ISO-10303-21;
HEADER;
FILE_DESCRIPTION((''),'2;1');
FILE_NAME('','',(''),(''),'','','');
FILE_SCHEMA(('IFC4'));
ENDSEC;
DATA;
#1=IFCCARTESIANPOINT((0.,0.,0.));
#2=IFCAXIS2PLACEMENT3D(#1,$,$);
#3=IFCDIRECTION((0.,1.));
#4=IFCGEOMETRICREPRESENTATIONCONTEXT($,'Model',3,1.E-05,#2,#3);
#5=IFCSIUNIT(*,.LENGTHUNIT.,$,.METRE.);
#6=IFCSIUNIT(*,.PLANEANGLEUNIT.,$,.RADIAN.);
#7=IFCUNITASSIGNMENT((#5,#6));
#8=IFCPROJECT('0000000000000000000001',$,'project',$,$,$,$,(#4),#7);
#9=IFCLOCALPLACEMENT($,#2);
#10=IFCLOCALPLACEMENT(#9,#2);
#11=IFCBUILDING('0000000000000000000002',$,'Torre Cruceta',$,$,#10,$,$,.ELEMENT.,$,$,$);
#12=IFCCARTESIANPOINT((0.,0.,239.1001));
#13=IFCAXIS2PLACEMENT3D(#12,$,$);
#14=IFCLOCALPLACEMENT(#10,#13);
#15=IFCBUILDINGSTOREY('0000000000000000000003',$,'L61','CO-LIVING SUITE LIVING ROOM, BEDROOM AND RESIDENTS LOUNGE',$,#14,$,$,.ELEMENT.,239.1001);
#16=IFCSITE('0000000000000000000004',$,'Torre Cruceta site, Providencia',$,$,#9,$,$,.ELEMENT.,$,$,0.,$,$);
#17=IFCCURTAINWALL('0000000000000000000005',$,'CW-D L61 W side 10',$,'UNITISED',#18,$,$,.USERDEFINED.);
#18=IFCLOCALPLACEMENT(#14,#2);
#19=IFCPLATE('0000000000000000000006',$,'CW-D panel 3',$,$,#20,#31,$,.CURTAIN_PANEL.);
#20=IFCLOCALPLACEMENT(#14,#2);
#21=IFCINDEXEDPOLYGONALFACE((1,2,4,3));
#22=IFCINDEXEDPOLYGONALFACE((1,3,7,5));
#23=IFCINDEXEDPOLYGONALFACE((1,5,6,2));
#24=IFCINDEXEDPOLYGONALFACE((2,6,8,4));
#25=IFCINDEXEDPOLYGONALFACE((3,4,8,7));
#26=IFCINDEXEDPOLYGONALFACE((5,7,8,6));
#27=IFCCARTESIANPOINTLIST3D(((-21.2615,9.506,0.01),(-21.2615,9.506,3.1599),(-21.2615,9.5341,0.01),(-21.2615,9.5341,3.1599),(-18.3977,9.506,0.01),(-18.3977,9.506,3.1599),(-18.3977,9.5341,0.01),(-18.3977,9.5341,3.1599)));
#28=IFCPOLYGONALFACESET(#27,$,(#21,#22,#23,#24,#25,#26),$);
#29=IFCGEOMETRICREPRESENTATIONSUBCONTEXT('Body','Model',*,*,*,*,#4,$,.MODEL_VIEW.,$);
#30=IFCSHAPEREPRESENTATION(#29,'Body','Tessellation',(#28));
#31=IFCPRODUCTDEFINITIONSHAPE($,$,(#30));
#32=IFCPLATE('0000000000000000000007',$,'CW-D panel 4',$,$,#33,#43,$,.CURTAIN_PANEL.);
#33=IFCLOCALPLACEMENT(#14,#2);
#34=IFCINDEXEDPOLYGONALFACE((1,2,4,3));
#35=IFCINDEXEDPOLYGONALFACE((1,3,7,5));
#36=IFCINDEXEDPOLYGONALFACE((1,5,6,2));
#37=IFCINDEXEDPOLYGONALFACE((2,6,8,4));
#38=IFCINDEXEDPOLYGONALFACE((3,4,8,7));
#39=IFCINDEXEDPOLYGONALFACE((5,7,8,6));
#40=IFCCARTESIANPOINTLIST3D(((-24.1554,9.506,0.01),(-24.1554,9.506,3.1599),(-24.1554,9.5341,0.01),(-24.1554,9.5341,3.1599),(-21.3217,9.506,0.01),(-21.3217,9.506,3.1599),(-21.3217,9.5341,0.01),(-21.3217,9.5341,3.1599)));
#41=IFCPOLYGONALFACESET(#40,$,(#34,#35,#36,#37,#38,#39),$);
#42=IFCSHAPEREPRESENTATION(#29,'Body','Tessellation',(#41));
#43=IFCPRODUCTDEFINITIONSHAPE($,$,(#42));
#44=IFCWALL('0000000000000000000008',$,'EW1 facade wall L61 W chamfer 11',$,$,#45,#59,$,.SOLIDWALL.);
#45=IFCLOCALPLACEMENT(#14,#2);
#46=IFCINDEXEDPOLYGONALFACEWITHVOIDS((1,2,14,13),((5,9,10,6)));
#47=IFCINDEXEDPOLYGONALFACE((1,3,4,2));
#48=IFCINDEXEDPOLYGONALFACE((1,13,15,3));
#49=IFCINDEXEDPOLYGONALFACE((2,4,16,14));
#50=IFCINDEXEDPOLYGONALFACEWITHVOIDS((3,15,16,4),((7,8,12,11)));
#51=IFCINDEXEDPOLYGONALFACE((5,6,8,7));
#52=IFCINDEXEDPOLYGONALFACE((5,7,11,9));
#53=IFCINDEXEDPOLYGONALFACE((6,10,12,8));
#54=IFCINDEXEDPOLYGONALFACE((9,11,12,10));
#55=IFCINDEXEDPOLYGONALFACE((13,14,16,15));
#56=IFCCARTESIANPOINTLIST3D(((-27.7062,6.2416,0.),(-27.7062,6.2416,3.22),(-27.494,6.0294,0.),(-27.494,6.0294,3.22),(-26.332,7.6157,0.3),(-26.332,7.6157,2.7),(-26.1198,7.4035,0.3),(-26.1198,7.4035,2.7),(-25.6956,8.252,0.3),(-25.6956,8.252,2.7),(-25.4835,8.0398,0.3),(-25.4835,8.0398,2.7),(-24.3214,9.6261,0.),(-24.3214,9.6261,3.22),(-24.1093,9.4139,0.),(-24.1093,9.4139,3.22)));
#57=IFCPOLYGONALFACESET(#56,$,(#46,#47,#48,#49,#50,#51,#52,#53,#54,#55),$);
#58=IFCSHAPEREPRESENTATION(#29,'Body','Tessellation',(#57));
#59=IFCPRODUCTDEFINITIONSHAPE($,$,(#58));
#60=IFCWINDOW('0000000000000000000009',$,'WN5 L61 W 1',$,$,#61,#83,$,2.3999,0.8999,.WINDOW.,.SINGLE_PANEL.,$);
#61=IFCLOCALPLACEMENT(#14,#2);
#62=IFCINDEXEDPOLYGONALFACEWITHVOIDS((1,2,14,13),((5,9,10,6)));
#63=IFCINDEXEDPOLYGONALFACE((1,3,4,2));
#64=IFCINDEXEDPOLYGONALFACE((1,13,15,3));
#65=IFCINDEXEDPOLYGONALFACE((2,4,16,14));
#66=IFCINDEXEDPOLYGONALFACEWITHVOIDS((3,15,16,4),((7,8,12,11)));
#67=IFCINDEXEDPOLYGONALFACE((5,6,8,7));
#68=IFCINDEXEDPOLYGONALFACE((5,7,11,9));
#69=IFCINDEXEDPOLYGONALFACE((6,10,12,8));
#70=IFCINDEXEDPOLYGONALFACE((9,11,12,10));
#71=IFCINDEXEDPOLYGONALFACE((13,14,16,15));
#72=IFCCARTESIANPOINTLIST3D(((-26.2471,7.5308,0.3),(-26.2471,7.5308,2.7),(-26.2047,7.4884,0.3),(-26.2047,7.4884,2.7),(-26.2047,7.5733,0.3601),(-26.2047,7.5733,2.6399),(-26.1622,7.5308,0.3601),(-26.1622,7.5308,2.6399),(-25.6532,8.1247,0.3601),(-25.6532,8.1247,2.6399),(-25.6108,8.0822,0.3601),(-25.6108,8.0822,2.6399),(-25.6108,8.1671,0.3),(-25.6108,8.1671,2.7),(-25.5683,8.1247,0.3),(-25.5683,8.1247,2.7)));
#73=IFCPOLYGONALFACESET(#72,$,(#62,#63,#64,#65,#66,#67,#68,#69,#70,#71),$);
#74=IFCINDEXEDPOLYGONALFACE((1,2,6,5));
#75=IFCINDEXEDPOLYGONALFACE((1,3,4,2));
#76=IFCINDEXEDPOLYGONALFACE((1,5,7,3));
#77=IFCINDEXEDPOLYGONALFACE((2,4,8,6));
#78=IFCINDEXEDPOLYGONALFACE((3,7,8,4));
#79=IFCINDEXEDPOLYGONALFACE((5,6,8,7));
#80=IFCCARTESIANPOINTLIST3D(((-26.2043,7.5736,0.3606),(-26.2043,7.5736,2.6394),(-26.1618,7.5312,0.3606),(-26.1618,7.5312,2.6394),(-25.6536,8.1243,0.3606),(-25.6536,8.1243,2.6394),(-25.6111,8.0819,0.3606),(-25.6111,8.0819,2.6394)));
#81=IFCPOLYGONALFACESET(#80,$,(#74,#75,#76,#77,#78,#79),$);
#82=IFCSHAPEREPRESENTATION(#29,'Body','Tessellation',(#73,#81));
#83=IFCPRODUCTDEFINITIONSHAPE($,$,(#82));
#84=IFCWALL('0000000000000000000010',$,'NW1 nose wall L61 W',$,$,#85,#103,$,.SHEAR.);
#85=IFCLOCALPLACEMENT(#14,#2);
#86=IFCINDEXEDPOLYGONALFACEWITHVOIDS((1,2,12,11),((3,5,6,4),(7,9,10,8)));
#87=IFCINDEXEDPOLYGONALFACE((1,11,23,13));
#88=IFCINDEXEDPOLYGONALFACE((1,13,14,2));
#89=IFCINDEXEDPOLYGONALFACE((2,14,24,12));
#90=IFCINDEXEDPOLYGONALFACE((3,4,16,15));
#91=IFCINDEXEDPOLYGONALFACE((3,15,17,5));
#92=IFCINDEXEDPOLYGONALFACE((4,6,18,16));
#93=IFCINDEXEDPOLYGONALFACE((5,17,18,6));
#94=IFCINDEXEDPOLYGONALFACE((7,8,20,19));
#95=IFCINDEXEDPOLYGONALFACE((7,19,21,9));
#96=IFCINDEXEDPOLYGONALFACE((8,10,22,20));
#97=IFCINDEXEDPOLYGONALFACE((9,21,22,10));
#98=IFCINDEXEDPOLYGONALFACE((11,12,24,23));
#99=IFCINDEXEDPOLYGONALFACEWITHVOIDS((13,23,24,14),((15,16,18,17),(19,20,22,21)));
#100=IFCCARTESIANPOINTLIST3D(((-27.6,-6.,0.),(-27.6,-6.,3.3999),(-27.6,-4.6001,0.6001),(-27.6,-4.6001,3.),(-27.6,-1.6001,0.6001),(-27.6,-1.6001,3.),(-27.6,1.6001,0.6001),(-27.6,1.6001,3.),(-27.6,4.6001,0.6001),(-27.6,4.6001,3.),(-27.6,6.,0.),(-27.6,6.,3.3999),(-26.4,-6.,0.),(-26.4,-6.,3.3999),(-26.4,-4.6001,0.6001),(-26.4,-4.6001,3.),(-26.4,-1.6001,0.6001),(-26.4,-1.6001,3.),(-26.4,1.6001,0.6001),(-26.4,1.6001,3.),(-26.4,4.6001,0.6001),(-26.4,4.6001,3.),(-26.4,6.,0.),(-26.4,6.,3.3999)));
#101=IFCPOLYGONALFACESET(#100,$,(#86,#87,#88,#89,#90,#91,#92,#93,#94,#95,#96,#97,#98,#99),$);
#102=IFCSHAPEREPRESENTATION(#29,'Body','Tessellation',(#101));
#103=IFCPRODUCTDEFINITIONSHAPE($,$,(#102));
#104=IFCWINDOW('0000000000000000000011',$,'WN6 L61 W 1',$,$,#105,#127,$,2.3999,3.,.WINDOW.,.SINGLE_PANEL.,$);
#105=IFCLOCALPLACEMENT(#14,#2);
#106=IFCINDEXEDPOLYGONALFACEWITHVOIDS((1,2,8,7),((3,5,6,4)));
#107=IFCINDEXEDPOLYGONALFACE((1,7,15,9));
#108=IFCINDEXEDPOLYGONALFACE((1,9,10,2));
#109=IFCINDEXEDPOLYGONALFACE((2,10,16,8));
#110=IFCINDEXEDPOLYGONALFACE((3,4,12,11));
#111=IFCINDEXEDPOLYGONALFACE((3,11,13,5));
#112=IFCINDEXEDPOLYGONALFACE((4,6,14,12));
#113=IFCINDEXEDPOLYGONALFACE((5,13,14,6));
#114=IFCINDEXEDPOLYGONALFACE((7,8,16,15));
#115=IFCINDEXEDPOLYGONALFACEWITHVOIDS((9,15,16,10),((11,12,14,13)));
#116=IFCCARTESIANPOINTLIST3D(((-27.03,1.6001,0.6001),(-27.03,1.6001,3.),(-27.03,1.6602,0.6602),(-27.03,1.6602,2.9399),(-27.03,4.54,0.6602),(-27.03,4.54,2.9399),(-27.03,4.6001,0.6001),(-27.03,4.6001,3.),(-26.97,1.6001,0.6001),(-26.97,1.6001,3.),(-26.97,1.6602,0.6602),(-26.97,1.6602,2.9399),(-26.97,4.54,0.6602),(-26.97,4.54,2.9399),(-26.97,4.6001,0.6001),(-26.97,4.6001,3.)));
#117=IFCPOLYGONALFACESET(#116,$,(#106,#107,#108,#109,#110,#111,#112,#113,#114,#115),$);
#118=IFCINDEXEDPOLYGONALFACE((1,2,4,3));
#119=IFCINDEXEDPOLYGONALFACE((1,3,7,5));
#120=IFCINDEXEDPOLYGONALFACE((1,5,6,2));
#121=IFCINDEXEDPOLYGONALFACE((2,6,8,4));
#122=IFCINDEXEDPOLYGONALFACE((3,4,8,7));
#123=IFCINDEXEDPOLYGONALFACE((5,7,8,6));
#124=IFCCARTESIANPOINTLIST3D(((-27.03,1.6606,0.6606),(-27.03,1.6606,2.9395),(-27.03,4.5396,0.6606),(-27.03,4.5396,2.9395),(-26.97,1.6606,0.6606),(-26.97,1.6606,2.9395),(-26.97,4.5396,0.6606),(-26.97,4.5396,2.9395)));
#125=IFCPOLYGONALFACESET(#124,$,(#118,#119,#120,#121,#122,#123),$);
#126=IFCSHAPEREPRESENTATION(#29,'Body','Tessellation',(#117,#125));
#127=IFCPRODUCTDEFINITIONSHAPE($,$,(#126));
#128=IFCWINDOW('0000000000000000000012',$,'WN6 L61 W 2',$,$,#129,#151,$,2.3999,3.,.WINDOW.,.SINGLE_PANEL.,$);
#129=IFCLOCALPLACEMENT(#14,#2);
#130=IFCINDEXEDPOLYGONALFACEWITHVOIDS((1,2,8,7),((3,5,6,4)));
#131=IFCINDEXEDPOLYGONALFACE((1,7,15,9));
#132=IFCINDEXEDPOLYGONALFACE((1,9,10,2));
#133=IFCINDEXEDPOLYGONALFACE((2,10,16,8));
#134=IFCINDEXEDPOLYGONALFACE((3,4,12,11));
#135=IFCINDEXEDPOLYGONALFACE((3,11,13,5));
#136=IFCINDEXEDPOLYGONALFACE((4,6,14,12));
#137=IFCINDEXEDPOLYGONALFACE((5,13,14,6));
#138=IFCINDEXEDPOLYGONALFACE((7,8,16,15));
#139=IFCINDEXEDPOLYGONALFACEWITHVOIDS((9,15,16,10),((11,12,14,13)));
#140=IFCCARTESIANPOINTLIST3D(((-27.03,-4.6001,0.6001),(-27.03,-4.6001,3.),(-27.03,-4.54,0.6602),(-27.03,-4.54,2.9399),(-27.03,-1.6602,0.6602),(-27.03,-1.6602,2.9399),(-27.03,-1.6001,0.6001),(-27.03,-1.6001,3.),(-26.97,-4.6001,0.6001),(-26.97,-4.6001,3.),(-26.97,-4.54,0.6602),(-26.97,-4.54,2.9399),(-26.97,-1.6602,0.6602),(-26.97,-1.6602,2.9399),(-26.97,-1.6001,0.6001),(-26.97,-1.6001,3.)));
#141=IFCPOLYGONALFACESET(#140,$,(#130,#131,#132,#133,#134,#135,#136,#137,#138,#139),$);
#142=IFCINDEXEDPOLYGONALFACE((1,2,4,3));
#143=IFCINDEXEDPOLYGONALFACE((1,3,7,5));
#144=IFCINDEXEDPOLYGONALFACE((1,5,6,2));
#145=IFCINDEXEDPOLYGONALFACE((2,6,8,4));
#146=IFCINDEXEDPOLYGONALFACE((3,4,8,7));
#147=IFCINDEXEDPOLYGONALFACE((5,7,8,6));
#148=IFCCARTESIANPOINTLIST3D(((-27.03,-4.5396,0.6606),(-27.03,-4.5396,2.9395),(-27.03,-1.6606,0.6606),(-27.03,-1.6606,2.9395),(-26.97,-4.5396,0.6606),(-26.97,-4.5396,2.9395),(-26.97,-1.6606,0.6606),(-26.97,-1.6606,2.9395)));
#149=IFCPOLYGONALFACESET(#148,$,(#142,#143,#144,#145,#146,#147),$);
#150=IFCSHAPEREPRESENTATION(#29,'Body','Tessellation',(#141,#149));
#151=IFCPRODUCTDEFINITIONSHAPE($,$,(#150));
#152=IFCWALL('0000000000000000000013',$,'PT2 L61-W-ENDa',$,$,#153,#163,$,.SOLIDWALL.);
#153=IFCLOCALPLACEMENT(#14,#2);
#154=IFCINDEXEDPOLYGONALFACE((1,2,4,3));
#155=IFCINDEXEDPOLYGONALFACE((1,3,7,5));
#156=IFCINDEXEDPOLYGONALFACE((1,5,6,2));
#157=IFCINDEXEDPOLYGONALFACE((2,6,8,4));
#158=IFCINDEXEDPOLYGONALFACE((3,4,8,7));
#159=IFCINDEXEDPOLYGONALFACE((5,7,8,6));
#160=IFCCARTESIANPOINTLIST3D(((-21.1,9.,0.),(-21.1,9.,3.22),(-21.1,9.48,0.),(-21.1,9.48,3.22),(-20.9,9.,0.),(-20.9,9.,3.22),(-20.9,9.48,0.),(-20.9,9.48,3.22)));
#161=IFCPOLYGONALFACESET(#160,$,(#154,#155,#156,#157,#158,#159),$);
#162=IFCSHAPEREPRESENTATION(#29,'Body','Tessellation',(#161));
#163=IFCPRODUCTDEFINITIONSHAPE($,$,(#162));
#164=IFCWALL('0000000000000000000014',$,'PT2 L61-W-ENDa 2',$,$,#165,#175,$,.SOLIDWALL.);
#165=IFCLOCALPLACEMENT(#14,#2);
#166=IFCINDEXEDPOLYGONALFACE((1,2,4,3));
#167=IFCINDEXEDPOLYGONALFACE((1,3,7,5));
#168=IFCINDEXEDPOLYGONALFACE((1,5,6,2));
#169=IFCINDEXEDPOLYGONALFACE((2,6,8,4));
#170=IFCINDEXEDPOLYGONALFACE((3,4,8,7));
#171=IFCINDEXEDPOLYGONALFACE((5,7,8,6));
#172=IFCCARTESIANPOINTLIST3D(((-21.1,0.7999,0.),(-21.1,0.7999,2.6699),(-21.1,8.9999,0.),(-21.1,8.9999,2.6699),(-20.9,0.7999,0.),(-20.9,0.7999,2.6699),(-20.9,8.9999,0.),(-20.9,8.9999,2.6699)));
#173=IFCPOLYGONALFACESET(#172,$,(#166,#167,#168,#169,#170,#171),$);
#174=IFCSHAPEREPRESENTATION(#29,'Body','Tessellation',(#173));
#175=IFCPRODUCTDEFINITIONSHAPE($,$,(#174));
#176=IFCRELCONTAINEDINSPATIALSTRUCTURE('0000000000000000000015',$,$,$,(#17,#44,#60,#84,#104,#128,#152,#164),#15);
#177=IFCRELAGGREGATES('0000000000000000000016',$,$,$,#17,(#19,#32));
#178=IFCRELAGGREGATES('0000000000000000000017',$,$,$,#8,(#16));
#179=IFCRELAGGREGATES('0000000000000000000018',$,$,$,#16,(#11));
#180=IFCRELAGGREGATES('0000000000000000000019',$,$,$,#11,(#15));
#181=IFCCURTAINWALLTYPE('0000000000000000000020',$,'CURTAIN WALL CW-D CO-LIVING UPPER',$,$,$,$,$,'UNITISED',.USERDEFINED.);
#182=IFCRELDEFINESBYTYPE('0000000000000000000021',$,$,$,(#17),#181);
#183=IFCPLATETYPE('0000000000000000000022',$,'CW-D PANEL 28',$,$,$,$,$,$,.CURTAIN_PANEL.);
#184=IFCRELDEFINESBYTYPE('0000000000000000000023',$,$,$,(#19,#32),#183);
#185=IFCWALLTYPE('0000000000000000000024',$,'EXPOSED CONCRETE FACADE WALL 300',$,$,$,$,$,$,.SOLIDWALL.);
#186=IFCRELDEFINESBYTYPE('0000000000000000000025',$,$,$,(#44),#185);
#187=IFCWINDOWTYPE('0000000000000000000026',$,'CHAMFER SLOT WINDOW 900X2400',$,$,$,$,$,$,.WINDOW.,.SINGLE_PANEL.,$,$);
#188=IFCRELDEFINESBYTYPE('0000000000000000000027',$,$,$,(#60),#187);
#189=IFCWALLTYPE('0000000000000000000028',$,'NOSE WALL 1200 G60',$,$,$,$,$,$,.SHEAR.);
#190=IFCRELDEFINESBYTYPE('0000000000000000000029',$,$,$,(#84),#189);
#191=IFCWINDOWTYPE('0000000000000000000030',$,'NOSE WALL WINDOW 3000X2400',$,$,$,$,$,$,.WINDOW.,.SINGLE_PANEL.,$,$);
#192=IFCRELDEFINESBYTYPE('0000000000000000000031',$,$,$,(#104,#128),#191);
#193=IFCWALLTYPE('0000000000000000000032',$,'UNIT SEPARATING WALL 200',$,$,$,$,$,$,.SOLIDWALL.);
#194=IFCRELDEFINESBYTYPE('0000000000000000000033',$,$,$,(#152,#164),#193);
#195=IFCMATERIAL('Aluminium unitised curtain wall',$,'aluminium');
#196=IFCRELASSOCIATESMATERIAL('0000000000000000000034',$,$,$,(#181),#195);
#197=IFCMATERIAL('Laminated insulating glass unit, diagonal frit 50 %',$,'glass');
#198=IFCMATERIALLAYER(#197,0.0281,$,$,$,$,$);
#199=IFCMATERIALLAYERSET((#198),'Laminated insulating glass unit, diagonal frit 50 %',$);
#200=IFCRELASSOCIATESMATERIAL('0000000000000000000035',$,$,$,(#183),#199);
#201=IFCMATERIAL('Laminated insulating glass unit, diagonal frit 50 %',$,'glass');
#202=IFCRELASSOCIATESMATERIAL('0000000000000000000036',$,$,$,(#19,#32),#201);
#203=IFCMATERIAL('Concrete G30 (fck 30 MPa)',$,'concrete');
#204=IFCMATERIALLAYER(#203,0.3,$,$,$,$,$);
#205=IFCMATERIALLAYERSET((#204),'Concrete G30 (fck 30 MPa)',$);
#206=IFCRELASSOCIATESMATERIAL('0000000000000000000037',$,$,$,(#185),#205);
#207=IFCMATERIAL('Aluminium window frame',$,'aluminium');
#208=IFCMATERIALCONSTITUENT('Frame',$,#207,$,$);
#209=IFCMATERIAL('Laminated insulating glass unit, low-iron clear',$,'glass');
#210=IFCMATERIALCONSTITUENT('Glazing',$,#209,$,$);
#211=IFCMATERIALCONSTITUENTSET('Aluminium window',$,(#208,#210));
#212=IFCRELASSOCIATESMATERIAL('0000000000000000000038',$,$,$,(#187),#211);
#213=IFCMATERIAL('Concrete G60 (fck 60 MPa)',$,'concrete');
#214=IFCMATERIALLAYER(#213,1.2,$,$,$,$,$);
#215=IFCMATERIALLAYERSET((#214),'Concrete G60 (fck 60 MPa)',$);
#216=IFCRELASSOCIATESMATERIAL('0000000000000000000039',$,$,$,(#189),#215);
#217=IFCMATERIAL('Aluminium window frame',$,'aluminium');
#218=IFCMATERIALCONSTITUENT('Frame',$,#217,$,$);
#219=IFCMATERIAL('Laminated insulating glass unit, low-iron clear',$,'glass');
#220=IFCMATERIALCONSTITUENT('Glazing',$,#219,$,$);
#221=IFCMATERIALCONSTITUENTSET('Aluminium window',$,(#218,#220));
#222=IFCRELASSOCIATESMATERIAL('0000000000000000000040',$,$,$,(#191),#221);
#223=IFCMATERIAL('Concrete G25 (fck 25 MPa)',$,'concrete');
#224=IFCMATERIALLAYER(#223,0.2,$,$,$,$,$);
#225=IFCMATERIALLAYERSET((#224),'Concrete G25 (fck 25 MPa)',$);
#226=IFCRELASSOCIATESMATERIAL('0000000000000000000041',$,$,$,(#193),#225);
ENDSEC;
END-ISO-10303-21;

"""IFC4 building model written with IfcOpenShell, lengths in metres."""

from ifc_helpers import new_model, si_unit, direction, frame, frame_2d, origin, origin_2d, place, context, subcontext, project, spatial, rectangle, hollow_rectangle, extrude, material, layer, layer_set, constituent, constituent_set, type_object, element, fill, aggregate, save


model = new_model("IFC4")

# Units and contexts
model_context = context("Model", 3, precision=1e-05, world=origin(), true_north=direction((0.0, 1.0)))
body_context = subcontext(model_context, "Body", "Model", "MODEL_VIEW")
ifc_project = project(units=[si_unit("LENGTHUNIT", "METRE"), si_unit("PLANEANGLEUNIT", "RADIAN")], contexts=[model_context])

# Site, building, storey
site_placement = place(None, origin())
site = spatial("IfcSite", under=ifc_project, at=site_placement, Name="Torre Cruceta site, Providencia", CompositionType="ELEMENT", RefElevation=0.0)
building_placement = place(site_placement, origin())
building = spatial("IfcBuilding", under=site, at=building_placement, Name="Torre Cruceta", CompositionType="ELEMENT")
storey_placement = place(building_placement, frame((0.0, 0.0, 239.1001)))
storey = spatial("IfcBuildingStorey", under=building, at=storey_placement, Name="L61", Description="CO-LIVING SUITE LIVING ROOM, BEDROOM AND RESIDENTS LOUNGE", CompositionType="ELEMENT", Elevation=239.1001)

# Curtain wall
ifc_material_1 = material(Name="Aluminium unitised curtain wall", Category="aluminium")
curtain_wall_type = type_object("IfcCurtainWallType", Name="CURTAIN WALL CW-D CO-LIVING UPPER", ElementType="UNITISED", PredefinedType="USERDEFINED", material=ifc_material_1)
curtain_wall_placement = place(storey_placement, origin())
curtain_wall = element("IfcCurtainWall", 1, at=curtain_wall_placement, inside=storey, type_object=curtain_wall_type, Name="CW-D L61 W side 10", ObjectType="UNITISED", PredefinedType="USERDEFINED")

# Plates
ifc_material_2 = material(Name="Laminated insulating glass unit, diagonal frit 50 %", Category="glass")
ifc_material_3 = material(Name="Laminated insulating glass unit, diagonal frit 50 %", Category="glass")
ifc_layer_1 = layer(ifc_material_3, 0.0281)
ifc_layer_set_1 = layer_set([ifc_layer_1], Name="Laminated insulating glass unit, diagonal frit 50 %")
plate_type = type_object("IfcPlateType", Name="CW-D PANEL 28", PredefinedType="CURTAIN_PANEL", material=ifc_layer_set_1)
plate_1_placement = place(storey_placement, frame((-19.8296, 9.52, 0.01), z_axis=(0.0, 0.0, 1.0), x_axis=(-1.0, 0.0, 0.0)))
plate_1 = element("IfcPlate", 2, at=plate_1_placement, type_object=plate_type, material=ifc_material_2, Name="CW-D panel 3", PredefinedType="CURTAIN_PANEL", context=body_context, shape_type="SweptSolid", body=[
    extrude(rectangle(XDim=2.8638, YDim=0.0281, at=origin_2d()), origin(), (0.0, 0.0, 1.0), 3.1499),
])
plate_2_placement = place(storey_placement, frame((-22.7385, 9.52, 0.01), z_axis=(0.0, 0.0, 1.0), x_axis=(-1.0, 0.0, 0.0)))
plate_2 = element("IfcPlate", 3, at=plate_2_placement, type_object=plate_type, material=ifc_material_2, Name="CW-D panel 4", PredefinedType="CURTAIN_PANEL", context=body_context, shape_type="SweptSolid", body=[
    extrude(rectangle(XDim=2.8337, YDim=0.0281, at=origin_2d()), origin(), (0.0, 0.0, 1.0), 3.1499),
])
aggregate(curtain_wall, [plate_1, plate_2])

# Wall, opening, window
ifc_material_4 = material(Name="Concrete G30 (fck 30 MPa)", Category="concrete")
ifc_layer_2 = layer(ifc_material_4, 0.3)
ifc_layer_set_2 = layer_set([ifc_layer_2], Name="Concrete G30 (fck 30 MPa)")
wall_type_1 = type_object("IfcWallType", Name="EXPOSED CONCRETE FACADE WALL 300", PredefinedType="SOLIDWALL", material=ifc_layer_set_2)
wall_1_placement = place(storey_placement, frame((-24.2153, 9.52, 0.0), z_axis=(0.0, 0.0, 1.0), x_axis=(-0.707132, -0.707081, 0.0)))
wall_1 = element("IfcWall", 4, at=wall_1_placement, inside=storey, type_object=wall_type_1, Name="EW1 facade wall L61 W chamfer 11", PredefinedType="SOLIDWALL", context=body_context, shape_type="SweptSolid", body=[
    extrude(rectangle(XDim=4.7866, YDim=0.3, at=frame_2d((2.3933, 0.0))), origin(), (0.0, 0.0, 1.0), 3.22),
])
opening_1_placement = place(wall_1_placement, frame((1.9434, 0.0, 0.3)))
opening_1 = element("IfcOpeningElement", 5, at=opening_1_placement, cuts=wall_1, PredefinedType="OPENING", context=body_context, shape_type="SweptSolid", body=[
    extrude(rectangle(XDim=0.8999, YDim=2.3999, at=frame_2d((0.45, 1.2))), frame((0.0, 0.1599, 0.0), z_axis=(0.0, -1.0, 0.0), x_axis=(1.0, 0.0, 0.0)), (0.0, 0.0, 1.0), 0.3201),
])
ifc_material_5 = material(Name="Aluminium window frame", Category="aluminium")
ifc_constituent_1 = constituent(ifc_material_5, Name="Frame")
ifc_material_6 = material(Name="Laminated insulating glass unit, low-iron clear", Category="glass")
ifc_constituent_2 = constituent(ifc_material_6, Name="Glazing")
ifc_constituent_set_1 = constituent_set(constituents=[ifc_constituent_1, ifc_constituent_2], Name="Aluminium window")
window_type_1 = type_object("IfcWindowType", Name="CHAMFER SLOT WINDOW 900X2400", PartitioningType="SINGLE_PANEL", PredefinedType="WINDOW", material=ifc_constituent_set_1)
window_1_placement = place(opening_1_placement, origin())
window_1 = element("IfcWindow", 6, at=window_1_placement, inside=storey, type_object=window_type_1, Name="WN5 L61 W 1", OverallHeight=2.3999, OverallWidth=0.8999, PartitioningType="SINGLE_PANEL", PredefinedType="WINDOW", context=body_context, shape_type="SweptSolid", body=[
    extrude(hollow_rectangle(XDim=0.8999, YDim=2.3999, WallThickness=0.0601, at=frame_2d((0.45, 1.2))), frame((0.0, 0.03, 0.0), z_axis=(0.0, -1.0, 0.0), x_axis=(1.0, 0.0, 0.0)), (0.0, 0.0, 1.0), 0.0601),
    extrude(rectangle(XDim=0.7788, YDim=2.2788, at=frame_2d((0.45, 1.2))), frame((0.0, 0.03, 0.0), z_axis=(0.0, -1.0, 0.0), x_axis=(1.0, 0.0, 0.0)), (0.0, 0.0, 1.0), 0.0601),
])
fill(opening_1, window_1)

# Wall, openings, windows
ifc_material_7 = material(Name="Concrete G60 (fck 60 MPa)", Category="concrete")
ifc_layer_3 = layer(ifc_material_7, 1.2)
ifc_layer_set_3 = layer_set([ifc_layer_3], Name="Concrete G60 (fck 60 MPa)")
wall_type_2 = type_object("IfcWallType", Name="NOSE WALL 1200 G60", PredefinedType="SHEAR", material=ifc_layer_set_3)
wall_2_placement = place(storey_placement, frame((-27.0, 6.0, 0.0), z_axis=(0.0, 0.0, 1.0), x_axis=(0.0, -1.0, 0.0)))
wall_2 = element("IfcWall", 7, at=wall_2_placement, inside=storey, type_object=wall_type_2, Name="NW1 nose wall L61 W", PredefinedType="SHEAR", context=body_context, shape_type="SweptSolid", body=[
    extrude(rectangle(XDim=12.0, YDim=1.2, at=frame_2d((6.0, 0.0))), origin(), (0.0, 0.0, 1.0), 3.3999),
])
opening_2_placement = place(wall_2_placement, frame((1.3999, 0.0, 0.6001)))
opening_2 = element("IfcOpeningElement", 8, at=opening_2_placement, cuts=wall_2, PredefinedType="OPENING", context=body_context, shape_type="SweptSolid", body=[
    extrude(rectangle(XDim=3.0, YDim=2.3999, at=frame_2d((1.5, 1.2))), frame((0.0, 0.6099, 0.0), z_axis=(0.0, -1.0, 0.0), x_axis=(1.0, 0.0, 0.0)), (0.0, 0.0, 1.0), 1.22),
])
opening_3_placement = place(wall_2_placement, frame((7.6001, 0.0, 0.6001)))
opening_3 = element("IfcOpeningElement", 9, at=opening_3_placement, cuts=wall_2, PredefinedType="OPENING", context=body_context, shape_type="SweptSolid", body=[
    extrude(rectangle(XDim=3.0, YDim=2.3999, at=frame_2d((1.5, 1.2))), frame((0.0, 0.6099, 0.0), z_axis=(0.0, -1.0, 0.0), x_axis=(1.0, 0.0, 0.0)), (0.0, 0.0, 1.0), 1.22),
])
ifc_material_8 = material(Name="Aluminium window frame", Category="aluminium")
ifc_constituent_3 = constituent(ifc_material_8, Name="Frame")
ifc_material_9 = material(Name="Laminated insulating glass unit, low-iron clear", Category="glass")
ifc_constituent_4 = constituent(ifc_material_9, Name="Glazing")
ifc_constituent_set_2 = constituent_set(constituents=[ifc_constituent_3, ifc_constituent_4], Name="Aluminium window")
window_type_2 = type_object("IfcWindowType", Name="NOSE WALL WINDOW 3000X2400", PartitioningType="SINGLE_PANEL", PredefinedType="WINDOW", material=ifc_constituent_set_2)
window_2_placement = place(opening_2_placement, origin())
window_2 = element("IfcWindow", 10, at=window_2_placement, inside=storey, type_object=window_type_2, Name="WN6 L61 W 1", OverallHeight=2.3999, OverallWidth=3.0, PartitioningType="SINGLE_PANEL", PredefinedType="WINDOW", context=body_context, shape_type="SweptSolid", body=[
    extrude(hollow_rectangle(XDim=3.0, YDim=2.3999, WallThickness=0.0601, at=frame_2d((1.5, 1.2))), frame((0.0, 0.03, 0.0), z_axis=(0.0, -1.0, 0.0), x_axis=(1.0, 0.0, 0.0)), (0.0, 0.0, 1.0), 0.0601),
    extrude(rectangle(XDim=2.8789, YDim=2.2788, at=frame_2d((1.5, 1.2))), frame((0.0, 0.03, 0.0), z_axis=(0.0, -1.0, 0.0), x_axis=(1.0, 0.0, 0.0)), (0.0, 0.0, 1.0), 0.0601),
])
fill(opening_2, window_2)
window_3_placement = place(opening_3_placement, origin())
window_3 = element("IfcWindow", 11, at=window_3_placement, inside=storey, type_object=window_type_2, Name="WN6 L61 W 2", OverallHeight=2.3999, OverallWidth=3.0, PartitioningType="SINGLE_PANEL", PredefinedType="WINDOW", context=body_context, shape_type="SweptSolid", body=[
    extrude(hollow_rectangle(XDim=3.0, YDim=2.3999, WallThickness=0.0601, at=frame_2d((1.5, 1.2))), frame((0.0, 0.03, 0.0), z_axis=(0.0, -1.0, 0.0), x_axis=(1.0, 0.0, 0.0)), (0.0, 0.0, 1.0), 0.0601),
    extrude(rectangle(XDim=2.8789, YDim=2.2788, at=frame_2d((1.5, 1.2))), frame((0.0, 0.03, 0.0), z_axis=(0.0, -1.0, 0.0), x_axis=(1.0, 0.0, 0.0)), (0.0, 0.0, 1.0), 0.0601),
])
fill(opening_3, window_3)

# Walls
ifc_material_10 = material(Name="Concrete G25 (fck 25 MPa)", Category="concrete")
ifc_layer_4 = layer(ifc_material_10, 0.2)
ifc_layer_set_4 = layer_set([ifc_layer_4], Name="Concrete G25 (fck 25 MPa)")
wall_type_3 = type_object("IfcWallType", Name="UNIT SEPARATING WALL 200", PredefinedType="SOLIDWALL", material=ifc_layer_set_4)
wall_3_placement = place(storey_placement, frame((-21.0, 9.48, 0.0), z_axis=(0.0, 0.0, 1.0), x_axis=(0.0, -1.0, 0.0)))
element("IfcWall", 12, at=wall_3_placement, inside=storey, type_object=wall_type_3, Name="PT2 L61-W-ENDa", PredefinedType="SOLIDWALL", context=body_context, shape_type="SweptSolid", body=[
    extrude(rectangle(XDim=0.48, YDim=0.2, at=frame_2d((0.24, 0.0))), origin(), (0.0, 0.0, 1.0), 3.22),
])
wall_4_placement = place(storey_placement, frame((-21.0, 9.0, 0.0), z_axis=(0.0, 0.0, 1.0), x_axis=(0.0, -1.0, 0.0)))
element("IfcWall", 13, at=wall_4_placement, inside=storey, type_object=wall_type_3, Name="PT2 L61-W-ENDa 2", PredefinedType="SOLIDWALL", context=body_context, shape_type="SweptSolid", body=[
    extrude(rectangle(XDim=8.2, YDim=0.2, at=frame_2d((4.1001, 0.0))), origin(), (0.0, 0.0, 1.0), 2.6699),
])

save(model, "model.ifc")
